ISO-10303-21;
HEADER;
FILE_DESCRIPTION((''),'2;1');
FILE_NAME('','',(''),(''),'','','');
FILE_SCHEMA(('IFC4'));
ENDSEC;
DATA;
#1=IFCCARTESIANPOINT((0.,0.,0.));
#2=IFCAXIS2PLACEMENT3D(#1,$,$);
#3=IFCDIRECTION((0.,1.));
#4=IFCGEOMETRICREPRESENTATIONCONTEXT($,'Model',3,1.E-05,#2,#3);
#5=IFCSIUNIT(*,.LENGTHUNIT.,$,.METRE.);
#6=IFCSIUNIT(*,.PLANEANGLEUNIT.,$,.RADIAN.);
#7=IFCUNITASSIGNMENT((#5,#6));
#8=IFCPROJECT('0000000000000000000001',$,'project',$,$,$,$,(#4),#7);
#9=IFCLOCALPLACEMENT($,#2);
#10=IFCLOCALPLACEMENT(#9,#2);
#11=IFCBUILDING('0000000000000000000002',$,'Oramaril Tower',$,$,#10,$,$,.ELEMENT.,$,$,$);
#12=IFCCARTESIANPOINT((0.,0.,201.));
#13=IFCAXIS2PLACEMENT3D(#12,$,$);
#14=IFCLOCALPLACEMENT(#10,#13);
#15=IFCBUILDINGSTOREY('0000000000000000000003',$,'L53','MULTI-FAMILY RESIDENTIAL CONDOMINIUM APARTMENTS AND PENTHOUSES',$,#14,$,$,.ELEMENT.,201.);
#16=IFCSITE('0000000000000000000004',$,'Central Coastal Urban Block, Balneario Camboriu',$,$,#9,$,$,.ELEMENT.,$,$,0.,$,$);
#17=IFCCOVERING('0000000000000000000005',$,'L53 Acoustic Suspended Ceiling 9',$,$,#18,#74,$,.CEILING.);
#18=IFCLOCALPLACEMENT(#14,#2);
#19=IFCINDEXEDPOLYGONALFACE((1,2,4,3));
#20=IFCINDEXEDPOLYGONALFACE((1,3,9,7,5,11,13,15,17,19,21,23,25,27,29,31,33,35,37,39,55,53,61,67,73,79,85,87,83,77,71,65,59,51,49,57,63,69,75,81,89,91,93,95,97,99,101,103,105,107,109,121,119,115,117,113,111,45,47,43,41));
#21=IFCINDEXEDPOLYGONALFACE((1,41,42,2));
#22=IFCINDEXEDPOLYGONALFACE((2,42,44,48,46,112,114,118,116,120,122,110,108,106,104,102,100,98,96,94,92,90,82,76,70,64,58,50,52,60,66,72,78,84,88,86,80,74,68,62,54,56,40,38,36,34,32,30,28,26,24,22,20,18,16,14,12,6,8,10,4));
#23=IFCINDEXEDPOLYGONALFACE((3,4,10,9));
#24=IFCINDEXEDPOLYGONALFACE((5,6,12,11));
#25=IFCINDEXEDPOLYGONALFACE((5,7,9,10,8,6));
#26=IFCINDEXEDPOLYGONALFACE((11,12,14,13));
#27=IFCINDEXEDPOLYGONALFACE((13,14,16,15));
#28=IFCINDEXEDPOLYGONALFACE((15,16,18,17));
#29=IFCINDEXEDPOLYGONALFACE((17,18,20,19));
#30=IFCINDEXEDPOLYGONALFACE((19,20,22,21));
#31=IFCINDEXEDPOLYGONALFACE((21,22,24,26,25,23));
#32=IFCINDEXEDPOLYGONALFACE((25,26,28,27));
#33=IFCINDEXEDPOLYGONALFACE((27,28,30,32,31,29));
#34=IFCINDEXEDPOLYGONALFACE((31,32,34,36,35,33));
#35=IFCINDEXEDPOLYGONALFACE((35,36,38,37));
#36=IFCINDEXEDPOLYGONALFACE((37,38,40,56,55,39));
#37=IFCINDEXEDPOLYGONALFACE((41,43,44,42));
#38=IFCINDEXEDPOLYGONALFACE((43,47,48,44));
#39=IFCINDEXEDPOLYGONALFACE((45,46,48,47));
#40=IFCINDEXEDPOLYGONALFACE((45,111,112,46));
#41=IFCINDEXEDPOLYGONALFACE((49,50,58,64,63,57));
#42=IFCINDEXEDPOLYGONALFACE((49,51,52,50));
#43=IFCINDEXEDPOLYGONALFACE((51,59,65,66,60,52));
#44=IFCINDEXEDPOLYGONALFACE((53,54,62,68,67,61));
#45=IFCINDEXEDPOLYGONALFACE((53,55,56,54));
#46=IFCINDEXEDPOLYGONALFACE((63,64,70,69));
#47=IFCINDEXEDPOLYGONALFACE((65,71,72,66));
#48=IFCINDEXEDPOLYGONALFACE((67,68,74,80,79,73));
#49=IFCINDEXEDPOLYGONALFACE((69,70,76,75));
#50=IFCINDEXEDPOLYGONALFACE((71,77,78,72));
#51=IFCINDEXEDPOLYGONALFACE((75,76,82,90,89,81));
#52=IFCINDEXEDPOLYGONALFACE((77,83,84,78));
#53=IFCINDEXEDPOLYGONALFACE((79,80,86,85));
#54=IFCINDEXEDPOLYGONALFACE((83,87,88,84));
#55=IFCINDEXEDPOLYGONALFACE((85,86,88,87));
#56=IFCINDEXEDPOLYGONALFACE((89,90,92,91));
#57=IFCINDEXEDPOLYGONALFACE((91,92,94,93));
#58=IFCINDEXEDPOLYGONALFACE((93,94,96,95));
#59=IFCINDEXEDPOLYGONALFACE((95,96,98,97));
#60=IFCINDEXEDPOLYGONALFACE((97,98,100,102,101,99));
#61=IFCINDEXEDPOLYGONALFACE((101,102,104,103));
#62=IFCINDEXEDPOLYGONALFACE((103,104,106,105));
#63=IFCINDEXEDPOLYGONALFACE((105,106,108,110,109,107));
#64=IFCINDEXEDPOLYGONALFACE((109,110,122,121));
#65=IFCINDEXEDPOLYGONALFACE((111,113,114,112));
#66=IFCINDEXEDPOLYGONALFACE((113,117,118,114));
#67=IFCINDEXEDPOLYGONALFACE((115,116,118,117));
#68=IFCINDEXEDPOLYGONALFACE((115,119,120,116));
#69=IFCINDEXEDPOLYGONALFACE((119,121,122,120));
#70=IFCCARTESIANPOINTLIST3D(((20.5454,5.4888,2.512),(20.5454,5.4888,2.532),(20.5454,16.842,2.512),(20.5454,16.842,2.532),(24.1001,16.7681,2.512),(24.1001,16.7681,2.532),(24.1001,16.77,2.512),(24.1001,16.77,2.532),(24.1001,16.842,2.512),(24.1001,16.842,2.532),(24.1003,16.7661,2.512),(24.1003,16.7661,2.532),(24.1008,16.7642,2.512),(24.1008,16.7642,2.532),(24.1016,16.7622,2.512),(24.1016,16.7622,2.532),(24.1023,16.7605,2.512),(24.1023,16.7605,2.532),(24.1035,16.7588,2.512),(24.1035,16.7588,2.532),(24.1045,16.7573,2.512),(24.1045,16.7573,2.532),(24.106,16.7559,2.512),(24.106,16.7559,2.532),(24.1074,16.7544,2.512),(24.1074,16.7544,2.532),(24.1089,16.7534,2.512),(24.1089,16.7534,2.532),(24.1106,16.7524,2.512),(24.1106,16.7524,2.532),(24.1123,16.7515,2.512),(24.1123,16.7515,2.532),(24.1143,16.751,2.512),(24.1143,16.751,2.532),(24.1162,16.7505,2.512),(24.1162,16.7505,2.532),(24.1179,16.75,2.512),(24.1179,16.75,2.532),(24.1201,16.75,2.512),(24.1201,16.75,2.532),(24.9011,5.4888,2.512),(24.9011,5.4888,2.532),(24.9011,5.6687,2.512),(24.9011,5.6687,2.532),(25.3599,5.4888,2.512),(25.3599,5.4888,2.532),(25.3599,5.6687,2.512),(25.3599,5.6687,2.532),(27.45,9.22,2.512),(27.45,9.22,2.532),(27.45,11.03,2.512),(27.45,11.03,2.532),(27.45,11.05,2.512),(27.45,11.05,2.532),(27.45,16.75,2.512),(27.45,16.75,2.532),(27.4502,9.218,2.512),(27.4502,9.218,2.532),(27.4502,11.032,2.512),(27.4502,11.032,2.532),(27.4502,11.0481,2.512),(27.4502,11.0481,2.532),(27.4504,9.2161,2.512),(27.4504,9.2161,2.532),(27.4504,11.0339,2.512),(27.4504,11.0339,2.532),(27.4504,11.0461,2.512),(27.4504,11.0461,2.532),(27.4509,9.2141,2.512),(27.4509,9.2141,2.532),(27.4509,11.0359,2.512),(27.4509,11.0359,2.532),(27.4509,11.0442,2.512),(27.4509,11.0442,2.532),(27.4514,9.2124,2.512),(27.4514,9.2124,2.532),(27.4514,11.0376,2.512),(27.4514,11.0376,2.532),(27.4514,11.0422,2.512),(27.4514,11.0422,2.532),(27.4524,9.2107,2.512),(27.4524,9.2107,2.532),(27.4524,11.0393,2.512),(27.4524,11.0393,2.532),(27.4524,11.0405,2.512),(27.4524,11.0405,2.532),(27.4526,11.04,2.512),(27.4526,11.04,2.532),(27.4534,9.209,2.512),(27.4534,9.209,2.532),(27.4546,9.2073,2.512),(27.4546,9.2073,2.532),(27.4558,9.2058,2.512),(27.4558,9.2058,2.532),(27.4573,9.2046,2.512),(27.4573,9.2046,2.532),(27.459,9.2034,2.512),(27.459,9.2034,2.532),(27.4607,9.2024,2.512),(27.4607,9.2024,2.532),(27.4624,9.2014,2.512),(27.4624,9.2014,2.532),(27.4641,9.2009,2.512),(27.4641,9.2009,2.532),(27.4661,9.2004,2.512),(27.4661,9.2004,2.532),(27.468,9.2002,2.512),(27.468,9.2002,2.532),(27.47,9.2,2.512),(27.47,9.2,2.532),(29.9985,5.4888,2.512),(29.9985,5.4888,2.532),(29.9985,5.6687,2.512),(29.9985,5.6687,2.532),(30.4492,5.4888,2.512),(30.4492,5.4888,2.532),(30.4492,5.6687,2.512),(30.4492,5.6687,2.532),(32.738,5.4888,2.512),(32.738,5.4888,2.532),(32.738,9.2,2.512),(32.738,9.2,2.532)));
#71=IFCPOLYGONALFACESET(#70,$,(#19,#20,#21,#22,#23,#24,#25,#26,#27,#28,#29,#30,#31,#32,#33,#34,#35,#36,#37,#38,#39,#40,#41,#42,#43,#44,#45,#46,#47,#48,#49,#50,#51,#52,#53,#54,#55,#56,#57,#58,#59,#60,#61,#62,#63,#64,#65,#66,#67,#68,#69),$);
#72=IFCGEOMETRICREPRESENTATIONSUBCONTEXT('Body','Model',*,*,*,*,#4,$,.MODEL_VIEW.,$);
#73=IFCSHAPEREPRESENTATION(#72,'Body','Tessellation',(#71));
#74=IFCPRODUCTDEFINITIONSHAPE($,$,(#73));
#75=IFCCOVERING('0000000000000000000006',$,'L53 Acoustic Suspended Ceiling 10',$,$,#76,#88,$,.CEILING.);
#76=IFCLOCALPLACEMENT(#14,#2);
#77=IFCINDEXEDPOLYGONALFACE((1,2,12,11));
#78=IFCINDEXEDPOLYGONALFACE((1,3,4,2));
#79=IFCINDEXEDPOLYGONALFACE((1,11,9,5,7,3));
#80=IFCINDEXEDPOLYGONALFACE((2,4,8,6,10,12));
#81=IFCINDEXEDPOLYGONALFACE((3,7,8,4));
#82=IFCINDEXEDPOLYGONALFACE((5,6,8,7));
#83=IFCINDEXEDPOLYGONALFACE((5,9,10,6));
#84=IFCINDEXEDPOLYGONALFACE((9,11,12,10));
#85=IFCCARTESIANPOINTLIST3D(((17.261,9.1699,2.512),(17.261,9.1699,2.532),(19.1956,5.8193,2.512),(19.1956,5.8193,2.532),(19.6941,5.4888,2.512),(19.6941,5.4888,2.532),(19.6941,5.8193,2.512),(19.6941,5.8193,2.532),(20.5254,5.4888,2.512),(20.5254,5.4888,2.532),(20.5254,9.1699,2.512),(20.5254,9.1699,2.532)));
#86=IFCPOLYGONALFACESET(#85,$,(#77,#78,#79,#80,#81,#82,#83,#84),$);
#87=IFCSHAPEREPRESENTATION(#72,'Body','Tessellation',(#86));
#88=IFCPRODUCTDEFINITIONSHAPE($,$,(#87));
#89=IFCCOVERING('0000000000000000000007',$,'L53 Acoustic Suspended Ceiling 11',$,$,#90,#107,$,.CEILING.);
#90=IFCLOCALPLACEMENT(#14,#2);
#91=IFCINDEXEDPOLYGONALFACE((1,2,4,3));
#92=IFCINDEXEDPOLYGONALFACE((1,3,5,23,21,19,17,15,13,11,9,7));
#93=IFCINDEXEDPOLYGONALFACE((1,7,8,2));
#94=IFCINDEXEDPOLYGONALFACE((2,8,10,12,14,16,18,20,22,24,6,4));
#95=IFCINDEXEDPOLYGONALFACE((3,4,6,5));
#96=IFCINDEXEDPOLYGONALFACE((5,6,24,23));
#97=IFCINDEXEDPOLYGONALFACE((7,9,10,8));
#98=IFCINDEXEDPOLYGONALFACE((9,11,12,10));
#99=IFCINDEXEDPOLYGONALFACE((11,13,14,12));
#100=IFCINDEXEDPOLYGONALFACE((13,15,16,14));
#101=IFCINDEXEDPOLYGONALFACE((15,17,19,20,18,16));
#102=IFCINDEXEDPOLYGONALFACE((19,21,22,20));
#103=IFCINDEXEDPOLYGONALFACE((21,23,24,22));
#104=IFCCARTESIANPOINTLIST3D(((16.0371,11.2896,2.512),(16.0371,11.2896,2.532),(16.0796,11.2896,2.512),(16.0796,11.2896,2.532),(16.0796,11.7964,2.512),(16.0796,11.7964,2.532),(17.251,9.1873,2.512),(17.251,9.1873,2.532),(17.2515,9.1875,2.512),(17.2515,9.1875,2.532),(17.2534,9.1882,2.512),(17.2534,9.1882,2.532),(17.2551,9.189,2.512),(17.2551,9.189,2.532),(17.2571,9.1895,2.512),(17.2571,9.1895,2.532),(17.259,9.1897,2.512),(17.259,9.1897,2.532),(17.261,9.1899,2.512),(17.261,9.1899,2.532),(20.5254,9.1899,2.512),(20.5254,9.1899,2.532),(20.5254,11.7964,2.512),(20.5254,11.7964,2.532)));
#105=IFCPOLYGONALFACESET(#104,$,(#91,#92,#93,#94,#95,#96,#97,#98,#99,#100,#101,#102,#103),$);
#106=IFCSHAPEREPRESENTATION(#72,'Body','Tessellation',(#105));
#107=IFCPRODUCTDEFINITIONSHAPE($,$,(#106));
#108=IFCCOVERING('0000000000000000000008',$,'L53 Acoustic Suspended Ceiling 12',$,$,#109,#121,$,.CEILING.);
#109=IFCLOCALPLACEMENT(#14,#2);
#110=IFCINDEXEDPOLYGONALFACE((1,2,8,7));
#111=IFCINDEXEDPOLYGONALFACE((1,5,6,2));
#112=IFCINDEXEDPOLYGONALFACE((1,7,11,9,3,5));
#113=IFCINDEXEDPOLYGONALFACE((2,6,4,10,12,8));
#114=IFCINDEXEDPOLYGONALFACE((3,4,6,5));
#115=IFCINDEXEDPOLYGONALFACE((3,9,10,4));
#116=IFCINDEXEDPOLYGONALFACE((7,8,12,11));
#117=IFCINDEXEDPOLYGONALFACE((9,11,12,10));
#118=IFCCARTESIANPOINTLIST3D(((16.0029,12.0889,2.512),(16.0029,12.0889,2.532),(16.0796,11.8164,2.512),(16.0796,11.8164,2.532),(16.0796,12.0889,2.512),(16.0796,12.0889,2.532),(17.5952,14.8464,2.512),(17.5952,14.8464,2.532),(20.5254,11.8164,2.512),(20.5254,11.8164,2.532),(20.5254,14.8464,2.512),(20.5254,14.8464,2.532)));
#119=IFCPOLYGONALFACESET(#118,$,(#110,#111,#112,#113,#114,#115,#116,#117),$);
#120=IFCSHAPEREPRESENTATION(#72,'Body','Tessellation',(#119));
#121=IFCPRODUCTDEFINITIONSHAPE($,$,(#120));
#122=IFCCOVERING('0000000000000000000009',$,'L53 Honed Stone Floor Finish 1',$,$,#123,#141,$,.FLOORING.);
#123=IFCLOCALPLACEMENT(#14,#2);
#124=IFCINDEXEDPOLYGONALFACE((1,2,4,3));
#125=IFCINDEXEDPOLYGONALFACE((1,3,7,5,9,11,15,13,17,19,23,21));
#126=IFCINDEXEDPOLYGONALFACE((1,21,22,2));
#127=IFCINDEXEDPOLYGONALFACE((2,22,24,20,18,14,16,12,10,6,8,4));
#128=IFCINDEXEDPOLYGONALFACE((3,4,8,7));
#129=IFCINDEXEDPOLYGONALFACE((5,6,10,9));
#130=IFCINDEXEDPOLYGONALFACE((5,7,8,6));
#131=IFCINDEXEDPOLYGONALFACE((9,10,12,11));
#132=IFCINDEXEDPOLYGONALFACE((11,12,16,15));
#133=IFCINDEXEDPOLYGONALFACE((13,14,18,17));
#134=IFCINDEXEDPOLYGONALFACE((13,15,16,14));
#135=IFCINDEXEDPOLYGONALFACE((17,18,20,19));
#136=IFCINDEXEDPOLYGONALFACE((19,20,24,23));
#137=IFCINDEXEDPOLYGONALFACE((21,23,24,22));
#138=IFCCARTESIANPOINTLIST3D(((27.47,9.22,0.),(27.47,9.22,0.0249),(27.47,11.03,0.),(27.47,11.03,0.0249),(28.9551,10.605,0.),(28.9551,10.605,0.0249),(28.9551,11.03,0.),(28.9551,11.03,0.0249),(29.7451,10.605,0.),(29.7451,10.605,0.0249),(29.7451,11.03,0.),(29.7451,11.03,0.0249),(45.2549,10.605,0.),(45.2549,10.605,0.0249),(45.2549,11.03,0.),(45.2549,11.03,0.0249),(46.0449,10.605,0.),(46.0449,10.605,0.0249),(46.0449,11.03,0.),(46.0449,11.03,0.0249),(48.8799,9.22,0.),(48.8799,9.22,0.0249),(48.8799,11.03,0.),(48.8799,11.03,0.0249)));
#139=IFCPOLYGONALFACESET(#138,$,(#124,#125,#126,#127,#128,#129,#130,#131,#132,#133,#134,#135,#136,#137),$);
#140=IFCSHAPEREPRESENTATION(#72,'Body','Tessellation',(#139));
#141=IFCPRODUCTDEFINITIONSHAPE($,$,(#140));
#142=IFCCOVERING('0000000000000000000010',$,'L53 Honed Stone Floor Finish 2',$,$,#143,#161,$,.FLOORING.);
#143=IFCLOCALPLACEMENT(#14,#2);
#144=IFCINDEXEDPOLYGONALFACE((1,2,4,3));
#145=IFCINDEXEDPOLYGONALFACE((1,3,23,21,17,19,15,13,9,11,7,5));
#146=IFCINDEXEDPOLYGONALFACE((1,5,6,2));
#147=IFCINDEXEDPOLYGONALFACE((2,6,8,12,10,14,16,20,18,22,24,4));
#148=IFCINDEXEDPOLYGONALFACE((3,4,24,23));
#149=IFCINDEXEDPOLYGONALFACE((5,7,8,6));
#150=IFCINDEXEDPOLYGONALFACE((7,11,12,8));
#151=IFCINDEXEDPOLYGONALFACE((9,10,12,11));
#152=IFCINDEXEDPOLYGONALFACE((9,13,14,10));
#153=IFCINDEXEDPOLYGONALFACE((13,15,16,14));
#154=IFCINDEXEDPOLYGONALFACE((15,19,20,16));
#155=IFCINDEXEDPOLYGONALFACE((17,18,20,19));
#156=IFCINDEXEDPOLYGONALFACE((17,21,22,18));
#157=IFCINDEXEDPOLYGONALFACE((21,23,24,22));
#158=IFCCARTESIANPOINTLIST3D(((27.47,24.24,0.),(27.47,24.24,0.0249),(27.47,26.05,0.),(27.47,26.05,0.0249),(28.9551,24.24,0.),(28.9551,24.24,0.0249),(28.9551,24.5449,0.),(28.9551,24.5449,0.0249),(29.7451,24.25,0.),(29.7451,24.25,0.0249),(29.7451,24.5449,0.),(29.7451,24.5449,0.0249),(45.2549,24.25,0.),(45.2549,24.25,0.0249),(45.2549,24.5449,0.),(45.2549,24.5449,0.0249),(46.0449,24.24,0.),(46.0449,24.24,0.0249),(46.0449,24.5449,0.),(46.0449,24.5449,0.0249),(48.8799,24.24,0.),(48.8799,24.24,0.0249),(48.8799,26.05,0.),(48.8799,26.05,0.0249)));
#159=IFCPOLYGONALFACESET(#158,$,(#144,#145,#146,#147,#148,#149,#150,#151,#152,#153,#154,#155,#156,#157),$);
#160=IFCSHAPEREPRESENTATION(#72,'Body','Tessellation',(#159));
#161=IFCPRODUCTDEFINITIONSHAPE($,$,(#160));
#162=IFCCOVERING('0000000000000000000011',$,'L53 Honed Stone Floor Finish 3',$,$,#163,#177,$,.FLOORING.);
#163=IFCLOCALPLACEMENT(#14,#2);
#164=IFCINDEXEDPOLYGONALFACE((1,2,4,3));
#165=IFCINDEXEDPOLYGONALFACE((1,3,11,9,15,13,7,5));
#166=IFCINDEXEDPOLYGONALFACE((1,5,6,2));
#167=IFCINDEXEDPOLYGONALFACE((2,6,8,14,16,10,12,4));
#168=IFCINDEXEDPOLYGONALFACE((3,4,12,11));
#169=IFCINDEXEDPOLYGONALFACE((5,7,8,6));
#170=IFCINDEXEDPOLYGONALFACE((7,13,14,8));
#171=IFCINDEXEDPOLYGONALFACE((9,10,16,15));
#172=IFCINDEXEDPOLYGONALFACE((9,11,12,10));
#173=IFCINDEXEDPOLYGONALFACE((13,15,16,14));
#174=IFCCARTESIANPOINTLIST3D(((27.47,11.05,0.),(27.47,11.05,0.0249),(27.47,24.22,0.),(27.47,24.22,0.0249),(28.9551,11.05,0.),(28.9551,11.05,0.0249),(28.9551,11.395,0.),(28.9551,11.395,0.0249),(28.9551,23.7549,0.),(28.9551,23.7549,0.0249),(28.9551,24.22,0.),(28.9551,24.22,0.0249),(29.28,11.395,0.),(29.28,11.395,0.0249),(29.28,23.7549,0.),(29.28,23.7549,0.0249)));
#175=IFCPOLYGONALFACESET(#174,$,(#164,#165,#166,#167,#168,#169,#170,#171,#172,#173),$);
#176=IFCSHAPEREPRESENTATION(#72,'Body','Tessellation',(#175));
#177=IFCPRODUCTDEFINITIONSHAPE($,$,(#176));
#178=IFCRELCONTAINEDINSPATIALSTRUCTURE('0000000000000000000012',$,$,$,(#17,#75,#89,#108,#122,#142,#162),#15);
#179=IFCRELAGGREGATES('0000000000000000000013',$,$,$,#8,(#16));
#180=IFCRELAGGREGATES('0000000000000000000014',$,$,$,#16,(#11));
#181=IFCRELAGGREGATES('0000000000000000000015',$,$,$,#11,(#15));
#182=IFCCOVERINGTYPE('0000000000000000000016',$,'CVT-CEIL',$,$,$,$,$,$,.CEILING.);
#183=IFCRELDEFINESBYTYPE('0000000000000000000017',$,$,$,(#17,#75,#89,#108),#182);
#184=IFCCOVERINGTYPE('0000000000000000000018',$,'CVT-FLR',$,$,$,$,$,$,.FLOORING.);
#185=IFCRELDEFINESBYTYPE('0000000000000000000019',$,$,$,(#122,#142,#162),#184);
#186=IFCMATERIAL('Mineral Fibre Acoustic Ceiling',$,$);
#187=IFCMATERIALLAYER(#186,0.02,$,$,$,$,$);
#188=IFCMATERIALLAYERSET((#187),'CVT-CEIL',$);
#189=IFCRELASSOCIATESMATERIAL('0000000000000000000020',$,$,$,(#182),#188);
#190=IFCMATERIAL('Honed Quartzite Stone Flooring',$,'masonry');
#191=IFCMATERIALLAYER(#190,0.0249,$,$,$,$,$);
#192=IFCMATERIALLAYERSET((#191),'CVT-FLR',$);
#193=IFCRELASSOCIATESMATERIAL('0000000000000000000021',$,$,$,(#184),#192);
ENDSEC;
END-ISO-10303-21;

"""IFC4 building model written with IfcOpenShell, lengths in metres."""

from ifc_helpers import new_model, si_unit, direction, frame, origin, place, context, subcontext, project, spatial, polyline, outline, extrude, material, layer, layer_set, type_object, element, save


model = new_model("IFC4")

# Units and contexts
model_context = context("Model", 3, precision=1e-05, world=origin(), true_north=direction((0.0, 1.0)))
body_context = subcontext(model_context, "Body", "Model", "MODEL_VIEW")
ifc_project = project(units=[si_unit("LENGTHUNIT", "METRE"), si_unit("PLANEANGLEUNIT", "RADIAN")], contexts=[model_context])

# Site, building, storey
site_placement = place(None, origin())
site = spatial("IfcSite", under=ifc_project, at=site_placement, Name="Central Coastal Urban Block, Balneario Camboriu", CompositionType="ELEMENT", RefElevation=0.0)
building_placement = place(site_placement, origin())
building = spatial("IfcBuilding", under=site, at=building_placement, Name="Oramaril Tower", CompositionType="ELEMENT")
storey_placement = place(building_placement, frame((0.0, 0.0, 201.0)))
storey = spatial("IfcBuildingStorey", under=building, at=storey_placement, Name="L53", Description="MULTI-FAMILY RESIDENTIAL CONDOMINIUM APARTMENTS AND PENTHOUSES", CompositionType="ELEMENT", Elevation=201.0)

# Coverings
ifc_material_1 = material(Name="Mineral Fibre Acoustic Ceiling")
ifc_layer_1 = layer(ifc_material_1, 0.02)
ifc_layer_set_1 = layer_set([ifc_layer_1], Name="CVT-CEIL")
covering_type_1 = type_object("IfcCoveringType", Name="CVT-CEIL", PredefinedType="CEILING", material=ifc_layer_set_1)
covering_1_placement = place(storey_placement, frame((0.0, 0.0, 2.512)))
element("IfcCovering", 1, at=covering_1_placement, inside=storey, type_object=covering_type_1, Name="L53 Acoustic Suspended Ceiling 9", PredefinedType="CEILING", context=body_context, shape_type="SweptSolid", body=[
    extrude(outline(polyline([(30.4492, 5.4888), (30.4492, 5.6687), (29.9985, 5.6687), (29.9985, 5.4888), (25.3599, 5.4888), (25.3599, 5.6687), (24.9011, 5.6687), (24.9011, 5.4888), (20.5454, 5.4888), (20.5454, 16.842), (24.1001, 16.842), (24.1001, 16.77), (24.1001, 16.7681), (24.1003, 16.7661), (24.1008, 16.7642), (24.1016, 16.7622), (24.1023, 16.7605), (24.1035, 16.7588), (24.1045, 16.7573), (24.106, 16.7559), (24.1074, 16.7544), (24.1089, 16.7534), (24.1106, 16.7524), (24.1123, 16.7515), (24.1143, 16.751), (24.1162, 16.7505), (24.1179, 16.75), (24.1201, 16.75), (27.45, 16.75), (27.45, 11.05), (27.4502, 11.0481), (27.4504, 11.0461), (27.4509, 11.0442), (27.4514, 11.0422), (27.4524, 11.0405), (27.4526, 11.04), (27.4524, 11.0393), (27.4514, 11.0376), (27.4509, 11.0359), (27.4504, 11.0339), (27.4502, 11.032), (27.45, 11.03), (27.45, 9.22), (27.4502, 9.218), (27.4504, 9.2161), (27.4509, 9.2141), (27.4514, 9.2124), (27.4524, 9.2107), (27.4534, 9.209), (27.4546, 9.2073), (27.4558, 9.2058), (27.4573, 9.2046), (27.459, 9.2034), (27.4607, 9.2024), (27.4624, 9.2014), (27.4641, 9.2009), (27.4661, 9.2004), (27.468, 9.2002), (27.47, 9.2), (32.738, 9.2), (32.738, 5.4888), (30.4492, 5.4888)])), origin(), (0.0, 0.0, 1.0), 0.02),
])
covering_2_placement = place(storey_placement, frame((0.0, 0.0, 2.512)))
element("IfcCovering", 2, at=covering_2_placement, inside=storey, type_object=covering_type_1, Name="L53 Acoustic Suspended Ceiling 10", PredefinedType="CEILING", context=body_context, shape_type="SweptSolid", body=[
    extrude(outline(polyline([(19.6941, 5.4888), (19.6941, 5.8193), (19.1956, 5.8193), (17.261, 9.1699), (20.5254, 9.1699), (20.5254, 5.4888), (19.6941, 5.4888)])), origin(), (0.0, 0.0, 1.0), 0.02),
])
covering_3_placement = place(storey_placement, frame((0.0, 0.0, 2.512)))
element("IfcCovering", 3, at=covering_3_placement, inside=storey, type_object=covering_type_1, Name="L53 Acoustic Suspended Ceiling 11", PredefinedType="CEILING", context=body_context, shape_type="SweptSolid", body=[
    extrude(outline(polyline([(16.0371, 11.2896), (16.0796, 11.2896), (16.0796, 11.7964), (20.5254, 11.7964), (20.5254, 9.1899), (17.261, 9.1899), (17.259, 9.1897), (17.2571, 9.1895), (17.2551, 9.189), (17.2534, 9.1882), (17.2515, 9.1875), (17.251, 9.1873), (16.0371, 11.2896)])), origin(), (0.0, 0.0, 1.0), 0.02),
])
covering_4_placement = place(storey_placement, frame((0.0, 0.0, 2.512)))
element("IfcCovering", 4, at=covering_4_placement, inside=storey, type_object=covering_type_1, Name="L53 Acoustic Suspended Ceiling 12", PredefinedType="CEILING", context=body_context, shape_type="SweptSolid", body=[
    extrude(outline(polyline([(16.0796, 12.0889), (16.0029, 12.0889), (17.5952, 14.8464), (20.5254, 14.8464), (20.5254, 11.8164), (16.0796, 11.8164), (16.0796, 12.0889)])), origin(), (0.0, 0.0, 1.0), 0.02),
])
ifc_material_2 = material(Name="Honed Quartzite Stone Flooring", Category="masonry")
ifc_layer_2 = layer(ifc_material_2, 0.0249)
ifc_layer_set_2 = layer_set([ifc_layer_2], Name="CVT-FLR")
covering_type_2 = type_object("IfcCoveringType", Name="CVT-FLR", PredefinedType="FLOORING", material=ifc_layer_set_2)
covering_5_placement = place(storey_placement, origin())
element("IfcCovering", 5, at=covering_5_placement, inside=storey, type_object=covering_type_2, Name="L53 Honed Stone Floor Finish 1", PredefinedType="FLOORING", context=body_context, shape_type="SweptSolid", body=[
    extrude(outline(polyline([(28.9551, 10.605), (29.7451, 10.605), (29.7451, 11.03), (45.2549, 11.03), (45.2549, 10.605), (46.0449, 10.605), (46.0449, 11.03), (48.8799, 11.03), (48.8799, 9.22), (27.47, 9.22), (27.47, 11.03), (28.9551, 11.03), (28.9551, 10.605)])), origin(), (0.0, 0.0, 1.0), 0.0249),
])
covering_6_placement = place(storey_placement, origin())
element("IfcCovering", 6, at=covering_6_placement, inside=storey, type_object=covering_type_2, Name="L53 Honed Stone Floor Finish 2", PredefinedType="FLOORING", context=body_context, shape_type="SweptSolid", body=[
    extrude(outline(polyline([(48.8799, 24.24), (46.0449, 24.24), (46.0449, 24.5449), (45.2549, 24.5449), (45.2549, 24.25), (29.7451, 24.25), (29.7451, 24.5449), (28.9551, 24.5449), (28.9551, 24.24), (27.47, 24.24), (27.47, 26.05), (48.8799, 26.05), (48.8799, 24.24)])), origin(), (0.0, 0.0, 1.0), 0.0249),
])
covering_7_placement = place(storey_placement, origin())
element("IfcCovering", 7, at=covering_7_placement, inside=storey, type_object=covering_type_2, Name="L53 Honed Stone Floor Finish 3", PredefinedType="FLOORING", context=body_context, shape_type="SweptSolid", body=[
    extrude(outline(polyline([(28.9551, 23.7549), (29.28, 23.7549), (29.28, 11.395), (28.9551, 11.395), (28.9551, 11.05), (27.47, 11.05), (27.47, 24.22), (28.9551, 24.22), (28.9551, 23.7549)])), origin(), (0.0, 0.0, 1.0), 0.0249),
])

save(model, "model.ifc")
